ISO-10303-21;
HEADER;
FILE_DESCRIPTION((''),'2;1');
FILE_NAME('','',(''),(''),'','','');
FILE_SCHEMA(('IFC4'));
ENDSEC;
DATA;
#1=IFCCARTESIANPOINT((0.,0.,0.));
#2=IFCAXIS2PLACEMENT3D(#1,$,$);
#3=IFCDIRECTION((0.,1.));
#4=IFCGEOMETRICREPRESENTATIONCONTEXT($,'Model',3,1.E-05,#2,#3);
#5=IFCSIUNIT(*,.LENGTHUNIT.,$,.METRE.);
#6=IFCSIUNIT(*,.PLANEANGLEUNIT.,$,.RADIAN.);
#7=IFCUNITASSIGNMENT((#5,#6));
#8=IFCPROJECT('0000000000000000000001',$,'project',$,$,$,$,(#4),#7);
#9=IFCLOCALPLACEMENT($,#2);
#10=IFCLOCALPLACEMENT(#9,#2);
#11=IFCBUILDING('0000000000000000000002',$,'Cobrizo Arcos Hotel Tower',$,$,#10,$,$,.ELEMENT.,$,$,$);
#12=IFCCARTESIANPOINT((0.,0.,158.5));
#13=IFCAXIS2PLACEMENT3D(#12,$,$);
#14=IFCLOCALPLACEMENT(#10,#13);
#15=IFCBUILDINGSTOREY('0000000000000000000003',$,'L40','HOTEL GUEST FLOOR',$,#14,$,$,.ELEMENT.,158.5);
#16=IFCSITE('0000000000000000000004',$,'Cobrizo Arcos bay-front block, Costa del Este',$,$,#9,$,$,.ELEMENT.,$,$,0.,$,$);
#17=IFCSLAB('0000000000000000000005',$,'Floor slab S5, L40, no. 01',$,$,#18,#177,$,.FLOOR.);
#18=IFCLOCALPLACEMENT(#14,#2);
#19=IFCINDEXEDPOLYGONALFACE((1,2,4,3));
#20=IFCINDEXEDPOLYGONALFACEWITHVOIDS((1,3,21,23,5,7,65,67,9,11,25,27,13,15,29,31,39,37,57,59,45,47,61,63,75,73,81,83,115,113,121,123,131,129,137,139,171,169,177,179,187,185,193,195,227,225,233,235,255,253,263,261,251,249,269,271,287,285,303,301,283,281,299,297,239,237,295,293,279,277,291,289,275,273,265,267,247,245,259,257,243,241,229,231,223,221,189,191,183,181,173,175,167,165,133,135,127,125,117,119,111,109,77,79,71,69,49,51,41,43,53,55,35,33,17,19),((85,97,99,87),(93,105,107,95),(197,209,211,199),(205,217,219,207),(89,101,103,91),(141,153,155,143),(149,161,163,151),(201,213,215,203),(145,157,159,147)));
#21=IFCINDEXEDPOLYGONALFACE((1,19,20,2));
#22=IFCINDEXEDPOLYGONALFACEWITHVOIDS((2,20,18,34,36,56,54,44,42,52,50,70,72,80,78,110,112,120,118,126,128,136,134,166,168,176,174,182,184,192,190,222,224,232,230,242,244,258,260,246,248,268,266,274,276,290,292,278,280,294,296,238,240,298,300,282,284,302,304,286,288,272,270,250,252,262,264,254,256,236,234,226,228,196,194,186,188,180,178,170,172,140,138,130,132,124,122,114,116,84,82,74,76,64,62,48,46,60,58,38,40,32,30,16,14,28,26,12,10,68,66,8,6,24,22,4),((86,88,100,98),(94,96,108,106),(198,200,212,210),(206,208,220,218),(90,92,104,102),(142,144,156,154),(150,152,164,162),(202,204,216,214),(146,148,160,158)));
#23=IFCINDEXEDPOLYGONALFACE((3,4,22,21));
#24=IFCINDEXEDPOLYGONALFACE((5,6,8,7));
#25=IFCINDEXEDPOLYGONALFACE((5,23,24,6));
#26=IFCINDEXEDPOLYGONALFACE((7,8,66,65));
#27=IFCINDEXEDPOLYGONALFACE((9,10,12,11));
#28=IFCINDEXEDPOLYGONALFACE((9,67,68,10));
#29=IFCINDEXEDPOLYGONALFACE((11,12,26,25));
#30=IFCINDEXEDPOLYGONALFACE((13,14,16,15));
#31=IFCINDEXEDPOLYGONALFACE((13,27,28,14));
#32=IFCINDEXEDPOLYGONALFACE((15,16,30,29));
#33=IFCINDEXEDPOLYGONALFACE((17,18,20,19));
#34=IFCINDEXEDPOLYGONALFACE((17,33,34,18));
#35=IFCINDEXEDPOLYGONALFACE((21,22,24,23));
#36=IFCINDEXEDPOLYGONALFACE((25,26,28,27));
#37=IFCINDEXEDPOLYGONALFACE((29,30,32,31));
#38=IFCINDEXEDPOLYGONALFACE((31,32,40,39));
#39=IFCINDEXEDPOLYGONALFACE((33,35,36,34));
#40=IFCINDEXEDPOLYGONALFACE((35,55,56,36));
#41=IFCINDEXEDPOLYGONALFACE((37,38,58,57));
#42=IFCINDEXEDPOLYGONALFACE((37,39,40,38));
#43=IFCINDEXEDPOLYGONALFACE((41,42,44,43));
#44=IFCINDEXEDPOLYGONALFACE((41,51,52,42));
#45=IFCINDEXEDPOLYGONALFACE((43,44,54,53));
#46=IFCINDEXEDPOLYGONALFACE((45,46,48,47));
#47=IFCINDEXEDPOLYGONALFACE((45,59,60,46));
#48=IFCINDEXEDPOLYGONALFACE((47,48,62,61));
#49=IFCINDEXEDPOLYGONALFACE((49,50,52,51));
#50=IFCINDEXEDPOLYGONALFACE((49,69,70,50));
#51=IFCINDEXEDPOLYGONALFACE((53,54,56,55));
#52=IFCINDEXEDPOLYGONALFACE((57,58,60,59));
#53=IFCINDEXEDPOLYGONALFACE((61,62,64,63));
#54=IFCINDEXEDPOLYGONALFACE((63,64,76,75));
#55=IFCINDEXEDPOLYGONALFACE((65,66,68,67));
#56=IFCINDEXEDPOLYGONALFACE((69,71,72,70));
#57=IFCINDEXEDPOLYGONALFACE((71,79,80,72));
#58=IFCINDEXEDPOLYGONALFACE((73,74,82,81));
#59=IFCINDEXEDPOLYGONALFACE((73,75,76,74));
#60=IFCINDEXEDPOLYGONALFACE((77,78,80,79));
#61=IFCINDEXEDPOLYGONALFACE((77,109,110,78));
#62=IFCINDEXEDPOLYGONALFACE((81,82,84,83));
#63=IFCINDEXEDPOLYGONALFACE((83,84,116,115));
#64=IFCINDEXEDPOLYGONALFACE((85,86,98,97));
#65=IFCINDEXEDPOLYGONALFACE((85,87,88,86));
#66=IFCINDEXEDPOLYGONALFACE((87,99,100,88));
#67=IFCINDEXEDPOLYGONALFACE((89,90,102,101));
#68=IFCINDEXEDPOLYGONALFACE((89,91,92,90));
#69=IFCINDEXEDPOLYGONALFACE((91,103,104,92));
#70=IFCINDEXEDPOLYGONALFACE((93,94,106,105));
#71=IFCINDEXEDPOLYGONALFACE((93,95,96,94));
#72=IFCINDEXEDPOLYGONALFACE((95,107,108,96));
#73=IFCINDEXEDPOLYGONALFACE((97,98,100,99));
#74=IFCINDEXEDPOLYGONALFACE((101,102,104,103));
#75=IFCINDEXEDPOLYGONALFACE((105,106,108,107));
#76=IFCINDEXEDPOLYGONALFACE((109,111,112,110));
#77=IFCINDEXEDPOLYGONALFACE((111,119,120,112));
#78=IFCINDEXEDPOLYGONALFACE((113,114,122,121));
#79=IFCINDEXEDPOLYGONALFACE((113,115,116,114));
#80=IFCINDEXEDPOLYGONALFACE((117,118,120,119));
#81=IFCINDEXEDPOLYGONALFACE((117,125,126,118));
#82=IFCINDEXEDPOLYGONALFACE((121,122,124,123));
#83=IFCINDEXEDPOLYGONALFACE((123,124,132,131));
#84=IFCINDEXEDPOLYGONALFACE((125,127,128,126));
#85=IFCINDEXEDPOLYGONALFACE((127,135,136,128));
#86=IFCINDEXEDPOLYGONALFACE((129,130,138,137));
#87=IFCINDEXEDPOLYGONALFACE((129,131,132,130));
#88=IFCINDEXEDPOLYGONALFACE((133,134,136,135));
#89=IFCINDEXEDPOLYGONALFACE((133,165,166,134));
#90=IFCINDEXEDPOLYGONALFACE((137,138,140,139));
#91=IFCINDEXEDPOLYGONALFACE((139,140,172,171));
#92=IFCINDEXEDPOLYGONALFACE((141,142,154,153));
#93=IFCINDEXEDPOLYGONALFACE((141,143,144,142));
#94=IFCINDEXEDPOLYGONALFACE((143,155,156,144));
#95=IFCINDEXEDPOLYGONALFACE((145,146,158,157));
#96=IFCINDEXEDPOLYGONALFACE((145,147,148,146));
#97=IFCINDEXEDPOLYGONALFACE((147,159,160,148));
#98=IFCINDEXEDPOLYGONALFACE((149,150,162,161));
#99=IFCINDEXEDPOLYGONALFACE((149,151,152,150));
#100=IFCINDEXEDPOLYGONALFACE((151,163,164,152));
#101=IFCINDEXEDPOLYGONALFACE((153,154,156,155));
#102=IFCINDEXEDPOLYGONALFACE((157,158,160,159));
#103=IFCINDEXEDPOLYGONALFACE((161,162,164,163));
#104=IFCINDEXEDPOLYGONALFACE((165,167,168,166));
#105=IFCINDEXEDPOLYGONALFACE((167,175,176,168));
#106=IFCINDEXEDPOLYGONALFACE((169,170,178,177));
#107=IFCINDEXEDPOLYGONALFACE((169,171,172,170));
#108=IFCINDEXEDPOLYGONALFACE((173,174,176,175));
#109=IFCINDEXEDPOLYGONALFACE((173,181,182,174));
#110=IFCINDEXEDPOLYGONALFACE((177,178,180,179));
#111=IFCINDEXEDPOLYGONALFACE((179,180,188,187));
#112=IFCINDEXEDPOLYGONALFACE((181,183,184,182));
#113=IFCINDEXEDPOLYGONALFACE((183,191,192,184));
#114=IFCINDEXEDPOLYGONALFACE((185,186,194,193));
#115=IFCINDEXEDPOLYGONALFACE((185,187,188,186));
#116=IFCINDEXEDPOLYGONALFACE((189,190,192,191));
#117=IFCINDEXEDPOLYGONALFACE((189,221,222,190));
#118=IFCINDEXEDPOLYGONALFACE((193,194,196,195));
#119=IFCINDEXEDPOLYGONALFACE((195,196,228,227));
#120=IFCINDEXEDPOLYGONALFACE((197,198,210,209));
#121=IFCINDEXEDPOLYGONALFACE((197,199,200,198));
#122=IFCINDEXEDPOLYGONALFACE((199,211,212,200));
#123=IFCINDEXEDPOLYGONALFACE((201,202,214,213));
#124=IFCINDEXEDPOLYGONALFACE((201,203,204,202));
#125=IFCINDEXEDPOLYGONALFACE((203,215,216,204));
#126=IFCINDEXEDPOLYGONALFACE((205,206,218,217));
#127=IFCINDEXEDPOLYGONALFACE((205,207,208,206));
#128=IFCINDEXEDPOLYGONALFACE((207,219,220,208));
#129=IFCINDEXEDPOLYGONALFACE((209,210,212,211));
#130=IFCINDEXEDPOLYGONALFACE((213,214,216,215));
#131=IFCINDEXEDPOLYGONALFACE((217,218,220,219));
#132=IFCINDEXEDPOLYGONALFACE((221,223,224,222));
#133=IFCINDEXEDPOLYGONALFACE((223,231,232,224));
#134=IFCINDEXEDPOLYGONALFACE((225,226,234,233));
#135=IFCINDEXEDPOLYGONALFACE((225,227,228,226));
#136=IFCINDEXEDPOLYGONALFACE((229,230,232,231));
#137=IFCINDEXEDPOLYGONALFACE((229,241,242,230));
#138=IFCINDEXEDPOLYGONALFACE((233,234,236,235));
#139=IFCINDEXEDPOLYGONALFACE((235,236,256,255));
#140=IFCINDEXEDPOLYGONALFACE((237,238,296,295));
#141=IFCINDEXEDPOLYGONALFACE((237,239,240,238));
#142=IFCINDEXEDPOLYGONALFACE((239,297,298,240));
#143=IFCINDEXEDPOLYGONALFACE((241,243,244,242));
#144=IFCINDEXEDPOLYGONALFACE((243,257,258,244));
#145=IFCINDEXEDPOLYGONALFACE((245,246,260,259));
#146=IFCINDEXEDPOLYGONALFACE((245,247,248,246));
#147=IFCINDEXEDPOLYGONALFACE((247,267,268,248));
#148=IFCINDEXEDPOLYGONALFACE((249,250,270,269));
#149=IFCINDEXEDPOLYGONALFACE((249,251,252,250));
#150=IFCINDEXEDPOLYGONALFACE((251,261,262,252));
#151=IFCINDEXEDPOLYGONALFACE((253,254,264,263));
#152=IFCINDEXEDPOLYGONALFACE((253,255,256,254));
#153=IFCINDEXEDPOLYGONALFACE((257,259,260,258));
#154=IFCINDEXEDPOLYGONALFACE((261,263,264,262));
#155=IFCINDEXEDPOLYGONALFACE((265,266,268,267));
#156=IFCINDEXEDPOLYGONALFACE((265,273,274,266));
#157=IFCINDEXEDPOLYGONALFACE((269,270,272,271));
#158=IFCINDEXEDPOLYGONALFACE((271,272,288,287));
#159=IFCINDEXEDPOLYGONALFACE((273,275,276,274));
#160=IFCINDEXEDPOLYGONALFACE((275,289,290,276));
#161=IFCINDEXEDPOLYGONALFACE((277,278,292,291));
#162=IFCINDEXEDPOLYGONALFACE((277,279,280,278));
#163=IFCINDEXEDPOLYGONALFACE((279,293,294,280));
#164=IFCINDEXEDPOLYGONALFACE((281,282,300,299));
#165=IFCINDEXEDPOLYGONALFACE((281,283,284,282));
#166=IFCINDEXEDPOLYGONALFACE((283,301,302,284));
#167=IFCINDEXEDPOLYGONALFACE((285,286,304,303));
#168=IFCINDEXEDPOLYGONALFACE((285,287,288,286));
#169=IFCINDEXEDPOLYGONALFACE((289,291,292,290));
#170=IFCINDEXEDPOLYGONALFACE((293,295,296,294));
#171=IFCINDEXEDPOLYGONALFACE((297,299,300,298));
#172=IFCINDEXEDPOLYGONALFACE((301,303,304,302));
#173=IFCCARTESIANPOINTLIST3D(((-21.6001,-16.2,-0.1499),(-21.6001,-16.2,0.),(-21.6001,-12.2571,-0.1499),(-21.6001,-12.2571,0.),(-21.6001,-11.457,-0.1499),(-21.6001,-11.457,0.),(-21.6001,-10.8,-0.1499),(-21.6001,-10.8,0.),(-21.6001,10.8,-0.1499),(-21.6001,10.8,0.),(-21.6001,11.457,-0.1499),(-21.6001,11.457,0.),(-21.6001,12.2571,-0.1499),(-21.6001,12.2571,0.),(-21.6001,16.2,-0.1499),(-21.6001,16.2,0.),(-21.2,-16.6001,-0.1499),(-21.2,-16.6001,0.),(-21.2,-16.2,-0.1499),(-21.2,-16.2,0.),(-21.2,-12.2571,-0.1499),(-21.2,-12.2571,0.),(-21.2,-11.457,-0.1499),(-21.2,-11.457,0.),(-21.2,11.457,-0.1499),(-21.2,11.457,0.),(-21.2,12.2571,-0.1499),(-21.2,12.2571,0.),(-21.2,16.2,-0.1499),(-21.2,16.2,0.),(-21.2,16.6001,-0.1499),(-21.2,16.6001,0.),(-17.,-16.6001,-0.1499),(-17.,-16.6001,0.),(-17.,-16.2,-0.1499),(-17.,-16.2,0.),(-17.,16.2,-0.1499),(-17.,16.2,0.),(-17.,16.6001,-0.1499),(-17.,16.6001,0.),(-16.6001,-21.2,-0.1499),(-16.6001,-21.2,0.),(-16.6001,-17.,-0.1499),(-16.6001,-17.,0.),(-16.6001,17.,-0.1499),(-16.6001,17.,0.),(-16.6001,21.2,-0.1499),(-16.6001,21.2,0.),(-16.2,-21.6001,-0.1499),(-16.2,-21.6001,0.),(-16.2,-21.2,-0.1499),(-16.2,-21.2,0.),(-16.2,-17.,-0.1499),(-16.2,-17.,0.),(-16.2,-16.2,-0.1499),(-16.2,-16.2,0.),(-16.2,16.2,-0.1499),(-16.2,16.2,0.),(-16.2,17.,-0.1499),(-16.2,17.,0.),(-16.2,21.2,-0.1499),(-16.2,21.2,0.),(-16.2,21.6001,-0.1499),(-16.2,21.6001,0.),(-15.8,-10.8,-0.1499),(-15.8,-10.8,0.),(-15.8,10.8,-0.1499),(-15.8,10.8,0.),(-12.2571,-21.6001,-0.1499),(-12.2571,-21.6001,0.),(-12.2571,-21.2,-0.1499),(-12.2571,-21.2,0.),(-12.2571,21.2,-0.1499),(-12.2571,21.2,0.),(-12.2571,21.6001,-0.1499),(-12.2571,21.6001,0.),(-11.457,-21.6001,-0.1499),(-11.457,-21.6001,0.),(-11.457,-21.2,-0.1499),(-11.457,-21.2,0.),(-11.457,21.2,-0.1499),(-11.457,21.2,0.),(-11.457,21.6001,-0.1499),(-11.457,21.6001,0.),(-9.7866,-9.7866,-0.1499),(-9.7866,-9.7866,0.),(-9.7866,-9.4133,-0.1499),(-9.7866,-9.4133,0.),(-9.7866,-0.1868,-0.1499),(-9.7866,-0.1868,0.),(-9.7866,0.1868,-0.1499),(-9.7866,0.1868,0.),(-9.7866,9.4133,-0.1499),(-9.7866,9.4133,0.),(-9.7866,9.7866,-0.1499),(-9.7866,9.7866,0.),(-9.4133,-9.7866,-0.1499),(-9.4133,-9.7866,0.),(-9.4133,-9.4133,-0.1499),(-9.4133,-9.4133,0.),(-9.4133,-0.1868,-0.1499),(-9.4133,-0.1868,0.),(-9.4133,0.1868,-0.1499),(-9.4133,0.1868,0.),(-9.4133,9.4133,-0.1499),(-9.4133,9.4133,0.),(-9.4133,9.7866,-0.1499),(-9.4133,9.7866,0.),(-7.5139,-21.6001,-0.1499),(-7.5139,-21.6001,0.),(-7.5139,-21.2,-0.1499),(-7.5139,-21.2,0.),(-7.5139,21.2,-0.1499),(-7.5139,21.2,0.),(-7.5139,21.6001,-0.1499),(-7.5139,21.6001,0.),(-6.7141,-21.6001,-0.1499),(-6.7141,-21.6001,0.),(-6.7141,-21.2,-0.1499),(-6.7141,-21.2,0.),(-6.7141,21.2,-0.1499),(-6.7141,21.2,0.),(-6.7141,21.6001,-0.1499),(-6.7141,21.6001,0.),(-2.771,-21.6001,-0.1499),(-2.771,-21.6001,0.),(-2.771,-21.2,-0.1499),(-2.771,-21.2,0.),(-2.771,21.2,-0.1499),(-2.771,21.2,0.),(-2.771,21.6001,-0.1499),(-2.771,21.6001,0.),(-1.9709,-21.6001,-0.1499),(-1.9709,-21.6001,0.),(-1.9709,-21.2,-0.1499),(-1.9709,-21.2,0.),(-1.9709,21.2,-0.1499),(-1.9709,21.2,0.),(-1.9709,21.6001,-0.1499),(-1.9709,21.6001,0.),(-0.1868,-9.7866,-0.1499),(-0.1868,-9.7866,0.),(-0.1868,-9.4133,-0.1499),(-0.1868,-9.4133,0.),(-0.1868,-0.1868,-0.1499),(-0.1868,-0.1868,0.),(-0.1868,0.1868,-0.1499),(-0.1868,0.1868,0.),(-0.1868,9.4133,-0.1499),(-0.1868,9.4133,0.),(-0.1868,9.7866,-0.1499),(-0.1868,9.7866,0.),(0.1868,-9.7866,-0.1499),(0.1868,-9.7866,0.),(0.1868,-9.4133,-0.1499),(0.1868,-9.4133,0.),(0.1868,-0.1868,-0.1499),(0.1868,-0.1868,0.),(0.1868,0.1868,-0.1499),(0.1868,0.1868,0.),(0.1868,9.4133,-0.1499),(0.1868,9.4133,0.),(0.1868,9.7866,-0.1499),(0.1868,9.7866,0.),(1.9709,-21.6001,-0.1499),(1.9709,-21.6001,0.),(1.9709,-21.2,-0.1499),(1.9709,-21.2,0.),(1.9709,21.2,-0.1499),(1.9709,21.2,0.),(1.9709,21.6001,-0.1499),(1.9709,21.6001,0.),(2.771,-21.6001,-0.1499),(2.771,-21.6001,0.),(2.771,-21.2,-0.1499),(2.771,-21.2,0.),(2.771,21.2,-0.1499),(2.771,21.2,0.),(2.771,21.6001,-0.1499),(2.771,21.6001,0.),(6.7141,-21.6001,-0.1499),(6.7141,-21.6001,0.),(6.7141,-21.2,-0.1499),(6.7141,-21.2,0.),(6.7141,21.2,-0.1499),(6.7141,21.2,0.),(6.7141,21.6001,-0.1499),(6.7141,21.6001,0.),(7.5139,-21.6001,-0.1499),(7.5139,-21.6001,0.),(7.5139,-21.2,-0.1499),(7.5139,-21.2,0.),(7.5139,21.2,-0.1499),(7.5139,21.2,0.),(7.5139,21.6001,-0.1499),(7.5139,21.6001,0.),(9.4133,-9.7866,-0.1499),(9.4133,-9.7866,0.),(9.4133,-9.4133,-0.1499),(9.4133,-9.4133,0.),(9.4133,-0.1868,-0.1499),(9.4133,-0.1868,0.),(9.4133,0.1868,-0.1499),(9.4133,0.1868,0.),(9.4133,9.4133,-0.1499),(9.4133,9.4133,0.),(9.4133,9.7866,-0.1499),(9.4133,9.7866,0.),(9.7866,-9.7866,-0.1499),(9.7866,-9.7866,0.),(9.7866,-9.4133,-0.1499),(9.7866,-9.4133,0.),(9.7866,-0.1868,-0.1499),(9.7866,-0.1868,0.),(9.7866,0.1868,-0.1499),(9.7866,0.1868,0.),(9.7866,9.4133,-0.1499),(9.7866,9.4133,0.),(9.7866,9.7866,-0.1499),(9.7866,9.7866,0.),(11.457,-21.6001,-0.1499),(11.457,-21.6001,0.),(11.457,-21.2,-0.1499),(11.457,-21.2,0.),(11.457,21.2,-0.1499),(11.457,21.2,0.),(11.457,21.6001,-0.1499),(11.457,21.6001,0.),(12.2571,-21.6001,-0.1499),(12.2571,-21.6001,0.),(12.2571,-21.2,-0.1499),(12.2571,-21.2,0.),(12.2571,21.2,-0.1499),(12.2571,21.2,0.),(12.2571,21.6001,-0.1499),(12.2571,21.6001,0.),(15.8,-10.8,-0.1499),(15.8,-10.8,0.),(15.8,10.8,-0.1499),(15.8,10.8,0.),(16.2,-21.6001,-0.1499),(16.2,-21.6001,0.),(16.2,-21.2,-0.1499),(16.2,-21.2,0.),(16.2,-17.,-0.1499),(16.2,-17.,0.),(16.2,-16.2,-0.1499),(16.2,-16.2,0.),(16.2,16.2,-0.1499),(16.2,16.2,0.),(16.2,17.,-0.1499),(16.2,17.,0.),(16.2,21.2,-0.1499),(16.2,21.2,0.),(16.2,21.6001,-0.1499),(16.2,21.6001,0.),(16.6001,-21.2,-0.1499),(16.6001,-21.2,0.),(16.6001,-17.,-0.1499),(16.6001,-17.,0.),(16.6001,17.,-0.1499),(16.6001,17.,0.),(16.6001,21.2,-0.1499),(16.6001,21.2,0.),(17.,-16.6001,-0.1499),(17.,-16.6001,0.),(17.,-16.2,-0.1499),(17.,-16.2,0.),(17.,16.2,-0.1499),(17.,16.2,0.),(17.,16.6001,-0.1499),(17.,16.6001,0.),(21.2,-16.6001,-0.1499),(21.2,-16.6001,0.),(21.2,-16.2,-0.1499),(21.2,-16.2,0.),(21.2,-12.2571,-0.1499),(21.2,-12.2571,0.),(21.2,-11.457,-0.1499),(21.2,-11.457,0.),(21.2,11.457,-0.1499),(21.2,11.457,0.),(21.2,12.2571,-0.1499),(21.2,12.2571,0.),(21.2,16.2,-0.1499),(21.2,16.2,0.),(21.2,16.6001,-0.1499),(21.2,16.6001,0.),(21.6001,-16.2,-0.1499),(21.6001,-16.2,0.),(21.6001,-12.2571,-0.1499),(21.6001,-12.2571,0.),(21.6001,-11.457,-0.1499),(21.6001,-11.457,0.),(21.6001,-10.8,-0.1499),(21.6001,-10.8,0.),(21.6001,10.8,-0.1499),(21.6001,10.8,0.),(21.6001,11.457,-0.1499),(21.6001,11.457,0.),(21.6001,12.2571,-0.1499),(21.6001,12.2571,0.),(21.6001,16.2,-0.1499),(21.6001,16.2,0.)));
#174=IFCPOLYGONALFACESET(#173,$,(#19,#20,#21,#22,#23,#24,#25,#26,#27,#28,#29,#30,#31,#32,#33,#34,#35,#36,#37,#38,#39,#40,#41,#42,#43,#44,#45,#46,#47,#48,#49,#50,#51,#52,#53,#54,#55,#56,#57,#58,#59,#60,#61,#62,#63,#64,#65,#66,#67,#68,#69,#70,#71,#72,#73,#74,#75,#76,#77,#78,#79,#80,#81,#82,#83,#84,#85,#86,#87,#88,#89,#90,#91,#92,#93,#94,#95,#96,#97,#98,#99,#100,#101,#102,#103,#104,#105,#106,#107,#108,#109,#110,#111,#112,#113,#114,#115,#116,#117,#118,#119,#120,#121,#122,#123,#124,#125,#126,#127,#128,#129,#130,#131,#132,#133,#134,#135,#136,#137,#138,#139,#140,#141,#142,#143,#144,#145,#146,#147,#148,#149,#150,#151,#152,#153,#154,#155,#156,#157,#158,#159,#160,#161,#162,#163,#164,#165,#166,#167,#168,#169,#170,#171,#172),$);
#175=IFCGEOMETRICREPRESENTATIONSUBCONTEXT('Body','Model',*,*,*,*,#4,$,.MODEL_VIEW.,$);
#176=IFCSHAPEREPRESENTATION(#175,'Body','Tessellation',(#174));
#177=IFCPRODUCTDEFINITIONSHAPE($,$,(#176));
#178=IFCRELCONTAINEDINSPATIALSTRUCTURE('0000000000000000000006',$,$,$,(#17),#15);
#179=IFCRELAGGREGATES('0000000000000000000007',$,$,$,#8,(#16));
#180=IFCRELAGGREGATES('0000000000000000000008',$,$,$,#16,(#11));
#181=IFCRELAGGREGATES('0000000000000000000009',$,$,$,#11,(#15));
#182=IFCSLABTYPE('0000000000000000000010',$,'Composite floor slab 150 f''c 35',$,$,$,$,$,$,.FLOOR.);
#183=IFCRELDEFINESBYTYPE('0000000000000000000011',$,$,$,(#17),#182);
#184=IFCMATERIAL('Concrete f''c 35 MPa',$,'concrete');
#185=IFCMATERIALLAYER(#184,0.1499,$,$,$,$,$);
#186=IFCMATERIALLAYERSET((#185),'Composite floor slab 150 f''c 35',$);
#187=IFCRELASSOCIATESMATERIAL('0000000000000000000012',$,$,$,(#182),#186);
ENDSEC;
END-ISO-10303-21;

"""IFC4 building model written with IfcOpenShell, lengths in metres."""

from ifc_helpers import new_model, si_unit, direction, frame, origin, place, context, subcontext, project, spatial, polyline, outline, extrude, material, layer, layer_set, type_object, element, save


model = new_model("IFC4")

# Units and contexts
model_context = context("Model", 3, precision=1e-05, world=origin(), true_north=direction((0.0, 1.0)))
body_context = subcontext(model_context, "Body", "Model", "MODEL_VIEW")
ifc_project = project(units=[si_unit("LENGTHUNIT", "METRE"), si_unit("PLANEANGLEUNIT", "RADIAN")], contexts=[model_context])

# Site, building, storey
site_placement = place(None, origin())
site = spatial("IfcSite", under=ifc_project, at=site_placement, Name="Cobrizo Arcos bay-front block, Costa del Este", CompositionType="ELEMENT", RefElevation=0.0)
building_placement = place(site_placement, origin())
building = spatial("IfcBuilding", under=site, at=building_placement, Name="Cobrizo Arcos Hotel Tower", CompositionType="ELEMENT")
storey_placement = place(building_placement, frame((0.0, 0.0, 158.5)))
storey = spatial("IfcBuildingStorey", under=building, at=storey_placement, Name="L40", Description="HOTEL GUEST FLOOR", CompositionType="ELEMENT", Elevation=158.5)

# Slab
ifc_material_1 = material(Name="Concrete f'c 35 MPa", Category="concrete")
ifc_layer_1 = layer(ifc_material_1, 0.1499)
ifc_layer_set_1 = layer_set([ifc_layer_1], Name="Composite floor slab 150 f'c 35")
slab_type_1 = type_object("IfcSlabType", Name="Composite floor slab 150 f'c 35", PredefinedType="FLOOR", material=ifc_layer_set_1)
slab_1_placement = place(storey_placement, frame((0.0, 0.0, -0.1499)))
element("IfcSlab", 1, at=slab_1_placement, inside=storey, type_object=slab_type_1, Name="Floor slab S5, L40, no. 01", PredefinedType="FLOOR", context=body_context, shape_type="SweptSolid", body=[
    extrude(outline(polyline([(-16.2, -21.6001), (-16.2, -21.2), (-16.6001, -21.2), (-16.6001, -17.0), (-16.2, -17.0), (-16.2, -16.2), (-17.0, -16.2), (-17.0, -16.6001), (-21.2, -16.6001), (-21.2, -16.2), (-21.6001, -16.2), (-21.6001, -12.2571), (-21.2, -12.2571), (-21.2, -11.457), (-21.6001, -11.457), (-21.6001, -10.8), (-15.8, -10.8), (-15.8, 10.8), (-21.6001, 10.8), (-21.6001, 11.457), (-21.2, 11.457), (-21.2, 12.2571), (-21.6001, 12.2571), (-21.6001, 16.2), (-21.2, 16.2), (-21.2, 16.6001), (-17.0, 16.6001), (-17.0, 16.2), (-16.2, 16.2), (-16.2, 17.0), (-16.6001, 17.0), (-16.6001, 21.2), (-16.2, 21.2), (-16.2, 21.6001), (-12.2571, 21.6001), (-12.2571, 21.2), (-11.457, 21.2), (-11.457, 21.6001), (-7.5139, 21.6001), (-7.5139, 21.2), (-6.7141, 21.2), (-6.7141, 21.6001), (-2.771, 21.6001), (-2.771, 21.2), (-1.9709, 21.2), (-1.9709, 21.6001), (1.9709, 21.6001), (1.9709, 21.2), (2.771, 21.2), (2.771, 21.6001), (6.7141, 21.6001), (6.7141, 21.2), (7.5139, 21.2), (7.5139, 21.6001), (11.457, 21.6001), (11.457, 21.2), (12.2571, 21.2), (12.2571, 21.6001), (16.2, 21.6001), (16.2, 21.2), (16.6001, 21.2), (16.6001, 17.0), (16.2, 17.0), (16.2, 16.2), (17.0, 16.2), (17.0, 16.6001), (21.2, 16.6001), (21.2, 16.2), (21.6001, 16.2), (21.6001, 12.2571), (21.2, 12.2571), (21.2, 11.457), (21.6001, 11.457), (21.6001, 10.8), (15.8, 10.8), (15.8, -10.8), (21.6001, -10.8), (21.6001, -11.457), (21.2, -11.457), (21.2, -12.2571), (21.6001, -12.2571), (21.6001, -16.2), (21.2, -16.2), (21.2, -16.6001), (17.0, -16.6001), (17.0, -16.2), (16.2, -16.2), (16.2, -17.0), (16.6001, -17.0), (16.6001, -21.2), (16.2, -21.2), (16.2, -21.6001), (12.2571, -21.6001), (12.2571, -21.2), (11.457, -21.2), (11.457, -21.6001), (7.5139, -21.6001), (7.5139, -21.2), (6.7141, -21.2), (6.7141, -21.6001), (2.771, -21.6001), (2.771, -21.2), (1.9709, -21.2), (1.9709, -21.6001), (-1.9709, -21.6001), (-1.9709, -21.2), (-2.771, -21.2), (-2.771, -21.6001), (-6.7141, -21.6001), (-6.7141, -21.2), (-7.5139, -21.2), (-7.5139, -21.6001), (-11.457, -21.6001), (-11.457, -21.2), (-12.2571, -21.2), (-12.2571, -21.6001), (-16.2, -21.6001)]), holes=[polyline([(-0.1868, -9.7866), (0.1868, -9.7866), (0.1868, -9.4133), (-0.1868, -9.4133), (-0.1868, -9.7866)]), polyline([(-9.7866, -9.7866), (-9.4133, -9.7866), (-9.4133, -9.4133), (-9.7866, -9.4133), (-9.7866, -9.7866)]), polyline([(-9.4133, -0.1868), (-9.4133, 0.1868), (-9.7866, 0.1868), (-9.7866, -0.1868), (-9.4133, -0.1868)]), polyline([(0.1868, -0.1868), (0.1868, 0.1868), (-0.1868, 0.1868), (-0.1868, -0.1868), (0.1868, -0.1868)]), polyline([(-9.7866, 9.4133), (-9.4133, 9.4133), (-9.4133, 9.7866), (-9.7866, 9.7866), (-9.7866, 9.4133)]), polyline([(9.4133, -9.7866), (9.7866, -9.7866), (9.7866, -9.4133), (9.4133, -9.4133), (9.4133, -9.7866)]), polyline([(9.4133, -0.1868), (9.7866, -0.1868), (9.7866, 0.1868), (9.4133, 0.1868), (9.4133, -0.1868)]), polyline([(9.7866, 9.4133), (9.7866, 9.7866), (9.4133, 9.7866), (9.4133, 9.4133), (9.7866, 9.4133)]), polyline([(0.1868, 9.4133), (0.1868, 9.7866), (-0.1868, 9.7866), (-0.1868, 9.4133), (0.1868, 9.4133)])]), origin(), (0.0, 0.0, 1.0), 0.1499),
])

save(model, "model.ifc")
